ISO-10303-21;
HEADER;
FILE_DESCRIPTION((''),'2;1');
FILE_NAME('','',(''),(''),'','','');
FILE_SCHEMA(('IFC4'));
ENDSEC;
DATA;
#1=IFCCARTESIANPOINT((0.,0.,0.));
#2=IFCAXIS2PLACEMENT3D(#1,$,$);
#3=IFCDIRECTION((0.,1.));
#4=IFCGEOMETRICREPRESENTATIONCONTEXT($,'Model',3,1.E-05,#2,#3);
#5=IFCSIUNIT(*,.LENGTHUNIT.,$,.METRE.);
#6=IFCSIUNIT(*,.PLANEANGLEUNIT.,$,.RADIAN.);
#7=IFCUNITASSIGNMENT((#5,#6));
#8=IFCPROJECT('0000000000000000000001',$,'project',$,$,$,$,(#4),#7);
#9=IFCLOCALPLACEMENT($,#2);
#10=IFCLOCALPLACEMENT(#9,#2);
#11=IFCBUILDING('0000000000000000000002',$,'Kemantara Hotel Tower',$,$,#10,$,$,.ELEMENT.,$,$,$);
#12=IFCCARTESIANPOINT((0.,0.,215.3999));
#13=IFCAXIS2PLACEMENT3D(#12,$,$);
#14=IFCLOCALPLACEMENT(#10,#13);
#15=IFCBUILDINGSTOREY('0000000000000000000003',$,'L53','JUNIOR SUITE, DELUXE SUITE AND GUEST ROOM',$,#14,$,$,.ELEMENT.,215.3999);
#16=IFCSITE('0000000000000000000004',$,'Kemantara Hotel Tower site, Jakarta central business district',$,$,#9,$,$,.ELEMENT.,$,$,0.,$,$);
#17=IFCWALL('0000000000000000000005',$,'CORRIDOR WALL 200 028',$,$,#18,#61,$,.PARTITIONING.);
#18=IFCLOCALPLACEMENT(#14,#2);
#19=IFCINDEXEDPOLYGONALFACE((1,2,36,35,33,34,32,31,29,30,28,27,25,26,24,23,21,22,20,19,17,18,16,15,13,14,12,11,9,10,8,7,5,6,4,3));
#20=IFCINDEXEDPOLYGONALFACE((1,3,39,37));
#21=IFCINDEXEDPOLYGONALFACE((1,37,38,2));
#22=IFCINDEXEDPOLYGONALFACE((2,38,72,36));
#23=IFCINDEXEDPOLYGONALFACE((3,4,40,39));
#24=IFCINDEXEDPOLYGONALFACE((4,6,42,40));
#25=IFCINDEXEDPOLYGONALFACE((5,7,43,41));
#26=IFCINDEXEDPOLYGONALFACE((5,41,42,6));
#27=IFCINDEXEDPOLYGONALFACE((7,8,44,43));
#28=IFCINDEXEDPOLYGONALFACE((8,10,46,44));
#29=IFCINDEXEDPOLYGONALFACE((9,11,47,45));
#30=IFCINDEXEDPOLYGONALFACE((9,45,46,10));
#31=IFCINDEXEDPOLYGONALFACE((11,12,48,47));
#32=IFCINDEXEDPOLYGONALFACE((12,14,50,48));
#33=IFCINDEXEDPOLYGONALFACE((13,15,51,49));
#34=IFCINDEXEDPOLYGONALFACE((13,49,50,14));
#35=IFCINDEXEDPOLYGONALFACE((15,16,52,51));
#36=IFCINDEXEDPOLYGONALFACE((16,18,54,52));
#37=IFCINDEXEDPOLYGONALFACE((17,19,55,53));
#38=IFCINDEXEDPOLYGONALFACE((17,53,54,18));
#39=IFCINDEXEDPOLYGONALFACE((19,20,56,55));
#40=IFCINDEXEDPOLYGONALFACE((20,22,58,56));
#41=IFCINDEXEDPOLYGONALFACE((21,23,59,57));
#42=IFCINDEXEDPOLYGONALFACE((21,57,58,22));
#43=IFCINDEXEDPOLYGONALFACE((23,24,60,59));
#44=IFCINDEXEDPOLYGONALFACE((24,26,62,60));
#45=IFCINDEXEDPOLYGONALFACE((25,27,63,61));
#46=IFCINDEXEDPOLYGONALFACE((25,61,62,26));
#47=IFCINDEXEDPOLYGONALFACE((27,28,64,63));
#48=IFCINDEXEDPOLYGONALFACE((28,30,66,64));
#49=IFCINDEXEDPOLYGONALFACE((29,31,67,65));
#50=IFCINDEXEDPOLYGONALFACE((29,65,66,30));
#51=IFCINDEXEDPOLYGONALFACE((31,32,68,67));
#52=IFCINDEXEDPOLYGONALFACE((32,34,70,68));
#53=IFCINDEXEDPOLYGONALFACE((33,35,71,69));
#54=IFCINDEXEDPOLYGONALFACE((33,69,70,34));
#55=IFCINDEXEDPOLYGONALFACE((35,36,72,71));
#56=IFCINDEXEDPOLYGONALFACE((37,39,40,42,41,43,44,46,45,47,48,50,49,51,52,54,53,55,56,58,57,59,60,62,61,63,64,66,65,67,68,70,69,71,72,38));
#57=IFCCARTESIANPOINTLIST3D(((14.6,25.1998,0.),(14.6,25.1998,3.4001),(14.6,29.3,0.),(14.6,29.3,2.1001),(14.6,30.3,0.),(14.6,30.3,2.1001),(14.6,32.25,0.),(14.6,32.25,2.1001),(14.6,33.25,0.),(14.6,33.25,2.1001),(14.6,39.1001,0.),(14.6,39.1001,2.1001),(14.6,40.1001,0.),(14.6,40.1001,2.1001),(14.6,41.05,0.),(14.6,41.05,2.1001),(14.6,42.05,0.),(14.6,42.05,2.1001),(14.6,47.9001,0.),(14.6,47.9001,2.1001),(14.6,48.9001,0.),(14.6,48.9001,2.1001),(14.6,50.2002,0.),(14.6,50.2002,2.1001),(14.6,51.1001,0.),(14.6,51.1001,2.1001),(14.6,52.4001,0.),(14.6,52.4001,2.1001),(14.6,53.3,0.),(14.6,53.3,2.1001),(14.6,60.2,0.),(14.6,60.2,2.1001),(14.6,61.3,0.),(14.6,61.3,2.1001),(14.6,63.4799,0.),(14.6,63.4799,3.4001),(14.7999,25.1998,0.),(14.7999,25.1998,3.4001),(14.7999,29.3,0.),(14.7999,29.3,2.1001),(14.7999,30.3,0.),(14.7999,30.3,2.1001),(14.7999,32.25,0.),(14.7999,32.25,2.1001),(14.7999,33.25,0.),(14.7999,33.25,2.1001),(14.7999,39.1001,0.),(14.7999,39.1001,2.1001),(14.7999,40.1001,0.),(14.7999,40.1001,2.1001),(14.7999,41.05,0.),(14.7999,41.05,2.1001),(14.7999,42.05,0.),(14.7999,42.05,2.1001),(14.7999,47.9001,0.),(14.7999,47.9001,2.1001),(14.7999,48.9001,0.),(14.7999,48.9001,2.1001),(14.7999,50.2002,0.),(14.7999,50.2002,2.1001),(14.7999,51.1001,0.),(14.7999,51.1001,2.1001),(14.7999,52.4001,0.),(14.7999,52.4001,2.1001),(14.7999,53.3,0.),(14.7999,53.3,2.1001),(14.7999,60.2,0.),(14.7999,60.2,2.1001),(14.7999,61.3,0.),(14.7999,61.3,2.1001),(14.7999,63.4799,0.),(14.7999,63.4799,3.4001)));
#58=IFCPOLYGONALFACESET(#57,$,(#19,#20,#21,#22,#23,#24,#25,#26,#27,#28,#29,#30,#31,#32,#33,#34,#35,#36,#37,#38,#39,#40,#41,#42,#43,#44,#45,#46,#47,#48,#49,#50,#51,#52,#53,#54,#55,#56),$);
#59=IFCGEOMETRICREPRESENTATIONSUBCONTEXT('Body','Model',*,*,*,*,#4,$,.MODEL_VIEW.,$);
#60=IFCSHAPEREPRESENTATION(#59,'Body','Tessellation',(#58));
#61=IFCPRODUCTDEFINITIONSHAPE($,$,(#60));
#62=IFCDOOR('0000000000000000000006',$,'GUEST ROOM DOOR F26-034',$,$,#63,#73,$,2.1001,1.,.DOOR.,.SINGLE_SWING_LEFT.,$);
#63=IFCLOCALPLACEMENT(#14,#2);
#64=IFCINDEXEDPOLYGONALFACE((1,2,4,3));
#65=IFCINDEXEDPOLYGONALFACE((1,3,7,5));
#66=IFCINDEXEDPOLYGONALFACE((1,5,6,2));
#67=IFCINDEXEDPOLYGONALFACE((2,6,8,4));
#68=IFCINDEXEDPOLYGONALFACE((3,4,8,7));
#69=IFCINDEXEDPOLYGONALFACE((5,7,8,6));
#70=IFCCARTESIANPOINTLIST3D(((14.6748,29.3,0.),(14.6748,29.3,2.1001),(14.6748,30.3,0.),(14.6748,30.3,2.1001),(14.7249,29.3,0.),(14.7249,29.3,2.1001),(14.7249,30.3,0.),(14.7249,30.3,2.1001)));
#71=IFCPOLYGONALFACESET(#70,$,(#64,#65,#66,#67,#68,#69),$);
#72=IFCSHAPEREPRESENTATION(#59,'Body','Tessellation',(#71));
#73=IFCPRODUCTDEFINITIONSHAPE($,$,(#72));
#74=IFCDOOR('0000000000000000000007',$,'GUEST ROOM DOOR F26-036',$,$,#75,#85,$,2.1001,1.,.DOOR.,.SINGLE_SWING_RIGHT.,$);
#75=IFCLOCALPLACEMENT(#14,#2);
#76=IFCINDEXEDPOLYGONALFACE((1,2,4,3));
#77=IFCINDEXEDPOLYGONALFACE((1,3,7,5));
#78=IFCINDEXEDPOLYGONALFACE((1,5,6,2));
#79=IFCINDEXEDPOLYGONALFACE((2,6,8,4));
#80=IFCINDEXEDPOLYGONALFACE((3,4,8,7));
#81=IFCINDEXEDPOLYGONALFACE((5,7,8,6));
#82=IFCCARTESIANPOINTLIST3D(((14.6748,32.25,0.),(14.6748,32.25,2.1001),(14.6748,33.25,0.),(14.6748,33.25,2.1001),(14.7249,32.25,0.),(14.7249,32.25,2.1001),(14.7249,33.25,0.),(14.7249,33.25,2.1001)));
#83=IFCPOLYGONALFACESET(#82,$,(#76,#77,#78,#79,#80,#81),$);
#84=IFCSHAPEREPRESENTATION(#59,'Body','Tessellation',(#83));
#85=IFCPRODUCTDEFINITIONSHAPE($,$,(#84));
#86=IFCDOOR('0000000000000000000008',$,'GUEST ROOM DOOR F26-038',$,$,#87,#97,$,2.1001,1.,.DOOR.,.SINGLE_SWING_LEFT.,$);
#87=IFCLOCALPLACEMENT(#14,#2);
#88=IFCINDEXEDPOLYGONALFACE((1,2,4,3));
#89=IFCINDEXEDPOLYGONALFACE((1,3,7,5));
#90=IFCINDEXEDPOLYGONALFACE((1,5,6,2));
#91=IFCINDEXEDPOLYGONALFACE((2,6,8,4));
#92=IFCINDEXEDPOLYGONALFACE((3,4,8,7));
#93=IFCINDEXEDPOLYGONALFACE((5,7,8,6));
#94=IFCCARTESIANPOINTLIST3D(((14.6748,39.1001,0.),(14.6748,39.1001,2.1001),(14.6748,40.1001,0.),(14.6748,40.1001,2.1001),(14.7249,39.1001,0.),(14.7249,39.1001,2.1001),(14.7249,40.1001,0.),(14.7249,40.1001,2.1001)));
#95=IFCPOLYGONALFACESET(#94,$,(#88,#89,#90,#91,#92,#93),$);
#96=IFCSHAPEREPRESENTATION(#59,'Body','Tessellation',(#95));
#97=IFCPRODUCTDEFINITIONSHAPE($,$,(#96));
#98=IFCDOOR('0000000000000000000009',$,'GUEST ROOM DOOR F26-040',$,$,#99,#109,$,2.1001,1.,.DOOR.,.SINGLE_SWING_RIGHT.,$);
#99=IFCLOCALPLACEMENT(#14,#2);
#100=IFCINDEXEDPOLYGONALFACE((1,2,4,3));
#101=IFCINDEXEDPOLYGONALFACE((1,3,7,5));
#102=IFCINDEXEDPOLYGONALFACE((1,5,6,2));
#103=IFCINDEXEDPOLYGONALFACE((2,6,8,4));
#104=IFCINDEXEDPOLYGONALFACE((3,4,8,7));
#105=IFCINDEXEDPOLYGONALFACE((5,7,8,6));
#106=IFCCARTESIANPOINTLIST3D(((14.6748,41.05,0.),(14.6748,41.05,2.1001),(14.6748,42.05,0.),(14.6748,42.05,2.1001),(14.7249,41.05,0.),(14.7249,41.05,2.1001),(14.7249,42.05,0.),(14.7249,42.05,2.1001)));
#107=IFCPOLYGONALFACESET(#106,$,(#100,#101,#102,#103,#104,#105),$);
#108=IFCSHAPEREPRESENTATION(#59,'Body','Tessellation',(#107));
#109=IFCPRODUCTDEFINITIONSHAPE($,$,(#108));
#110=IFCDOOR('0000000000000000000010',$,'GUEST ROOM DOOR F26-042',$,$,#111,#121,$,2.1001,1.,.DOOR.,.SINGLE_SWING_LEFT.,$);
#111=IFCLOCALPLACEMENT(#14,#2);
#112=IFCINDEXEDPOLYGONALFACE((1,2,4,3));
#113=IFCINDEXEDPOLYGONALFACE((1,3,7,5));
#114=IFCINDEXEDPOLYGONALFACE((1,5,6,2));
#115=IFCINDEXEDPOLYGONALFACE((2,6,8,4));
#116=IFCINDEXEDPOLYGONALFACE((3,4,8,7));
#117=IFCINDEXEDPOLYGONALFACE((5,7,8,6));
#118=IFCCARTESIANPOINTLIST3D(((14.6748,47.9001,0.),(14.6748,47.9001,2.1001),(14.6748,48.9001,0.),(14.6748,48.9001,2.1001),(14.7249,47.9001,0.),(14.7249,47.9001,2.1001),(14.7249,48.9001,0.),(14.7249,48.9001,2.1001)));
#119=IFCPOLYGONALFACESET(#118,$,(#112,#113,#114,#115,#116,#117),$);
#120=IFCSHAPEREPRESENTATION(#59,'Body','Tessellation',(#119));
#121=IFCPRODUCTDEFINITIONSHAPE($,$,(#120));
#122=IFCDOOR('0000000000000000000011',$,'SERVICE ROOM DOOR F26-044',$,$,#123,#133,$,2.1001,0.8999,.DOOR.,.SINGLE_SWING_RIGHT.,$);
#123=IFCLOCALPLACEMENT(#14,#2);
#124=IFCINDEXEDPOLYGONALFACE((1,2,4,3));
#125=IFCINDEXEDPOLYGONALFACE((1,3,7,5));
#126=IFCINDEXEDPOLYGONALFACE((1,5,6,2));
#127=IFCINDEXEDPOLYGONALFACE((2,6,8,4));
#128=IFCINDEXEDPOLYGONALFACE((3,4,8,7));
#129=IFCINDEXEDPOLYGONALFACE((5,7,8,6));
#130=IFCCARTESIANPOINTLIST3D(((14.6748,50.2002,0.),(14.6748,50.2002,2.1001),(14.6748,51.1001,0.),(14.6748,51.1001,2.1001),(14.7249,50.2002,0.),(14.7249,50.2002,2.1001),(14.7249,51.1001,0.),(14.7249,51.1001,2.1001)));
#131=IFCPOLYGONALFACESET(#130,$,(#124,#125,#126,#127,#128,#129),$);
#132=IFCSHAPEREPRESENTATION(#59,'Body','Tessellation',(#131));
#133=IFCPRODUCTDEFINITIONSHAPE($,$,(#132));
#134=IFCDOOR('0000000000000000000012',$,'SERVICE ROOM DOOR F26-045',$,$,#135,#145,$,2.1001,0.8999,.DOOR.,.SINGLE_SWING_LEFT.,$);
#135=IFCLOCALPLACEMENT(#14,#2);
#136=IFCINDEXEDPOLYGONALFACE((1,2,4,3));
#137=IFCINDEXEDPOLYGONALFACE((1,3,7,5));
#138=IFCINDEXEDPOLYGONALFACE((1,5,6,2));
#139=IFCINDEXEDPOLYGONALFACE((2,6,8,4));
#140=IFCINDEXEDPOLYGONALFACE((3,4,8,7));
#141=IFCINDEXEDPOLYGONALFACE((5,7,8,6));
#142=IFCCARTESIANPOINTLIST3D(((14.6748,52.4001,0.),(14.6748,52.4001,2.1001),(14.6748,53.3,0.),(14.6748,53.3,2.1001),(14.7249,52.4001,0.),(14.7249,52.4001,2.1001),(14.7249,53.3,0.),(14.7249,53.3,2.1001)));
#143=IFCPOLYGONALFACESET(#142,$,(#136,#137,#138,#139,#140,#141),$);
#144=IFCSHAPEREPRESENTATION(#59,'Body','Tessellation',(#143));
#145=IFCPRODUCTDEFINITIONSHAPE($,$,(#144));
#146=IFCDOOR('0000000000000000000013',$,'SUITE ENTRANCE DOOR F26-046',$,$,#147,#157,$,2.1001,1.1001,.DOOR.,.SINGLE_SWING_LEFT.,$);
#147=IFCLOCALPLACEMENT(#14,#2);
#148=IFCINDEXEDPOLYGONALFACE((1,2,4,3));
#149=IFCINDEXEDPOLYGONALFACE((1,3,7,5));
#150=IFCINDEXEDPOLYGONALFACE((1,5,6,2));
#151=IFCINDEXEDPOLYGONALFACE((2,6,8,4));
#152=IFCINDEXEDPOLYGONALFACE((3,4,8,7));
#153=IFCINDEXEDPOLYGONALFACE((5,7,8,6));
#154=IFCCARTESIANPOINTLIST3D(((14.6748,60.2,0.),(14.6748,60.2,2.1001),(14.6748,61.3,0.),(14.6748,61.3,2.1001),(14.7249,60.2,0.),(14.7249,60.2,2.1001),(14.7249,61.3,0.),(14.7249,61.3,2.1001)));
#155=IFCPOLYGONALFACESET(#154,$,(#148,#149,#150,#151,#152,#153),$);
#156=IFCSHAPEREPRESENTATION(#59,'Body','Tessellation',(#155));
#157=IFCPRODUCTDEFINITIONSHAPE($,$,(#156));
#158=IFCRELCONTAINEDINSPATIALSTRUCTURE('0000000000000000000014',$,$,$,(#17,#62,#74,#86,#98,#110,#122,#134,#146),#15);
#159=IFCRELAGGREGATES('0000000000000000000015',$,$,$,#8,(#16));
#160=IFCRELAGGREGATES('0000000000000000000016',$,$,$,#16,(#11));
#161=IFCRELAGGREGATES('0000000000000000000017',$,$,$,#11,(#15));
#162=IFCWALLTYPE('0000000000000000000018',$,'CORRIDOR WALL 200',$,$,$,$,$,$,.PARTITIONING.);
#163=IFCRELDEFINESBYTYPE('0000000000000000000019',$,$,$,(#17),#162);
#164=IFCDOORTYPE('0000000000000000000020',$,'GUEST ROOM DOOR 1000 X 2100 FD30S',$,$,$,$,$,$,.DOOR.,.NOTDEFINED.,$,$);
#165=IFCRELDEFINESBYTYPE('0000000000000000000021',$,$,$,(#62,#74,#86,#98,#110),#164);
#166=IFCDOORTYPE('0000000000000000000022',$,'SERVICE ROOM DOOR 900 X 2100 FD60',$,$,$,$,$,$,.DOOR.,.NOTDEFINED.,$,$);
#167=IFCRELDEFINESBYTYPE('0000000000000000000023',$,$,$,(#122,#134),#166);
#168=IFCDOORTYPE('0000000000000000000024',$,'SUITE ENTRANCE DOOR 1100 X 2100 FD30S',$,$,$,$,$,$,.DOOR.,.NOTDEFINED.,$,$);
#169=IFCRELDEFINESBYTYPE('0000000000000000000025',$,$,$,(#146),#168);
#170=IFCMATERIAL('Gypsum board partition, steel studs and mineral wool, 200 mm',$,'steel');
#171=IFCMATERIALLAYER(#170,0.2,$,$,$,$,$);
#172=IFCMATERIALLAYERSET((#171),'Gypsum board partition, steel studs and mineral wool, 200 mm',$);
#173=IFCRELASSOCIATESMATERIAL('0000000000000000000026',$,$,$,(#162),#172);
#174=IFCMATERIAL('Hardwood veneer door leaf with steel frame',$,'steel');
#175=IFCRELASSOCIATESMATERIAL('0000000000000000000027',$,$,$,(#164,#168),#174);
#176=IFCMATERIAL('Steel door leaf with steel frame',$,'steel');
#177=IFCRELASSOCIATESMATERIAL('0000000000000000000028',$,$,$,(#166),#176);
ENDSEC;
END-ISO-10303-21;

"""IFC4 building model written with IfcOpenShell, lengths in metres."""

from ifc_helpers import new_model, si_unit, direction, frame, frame_2d, origin, place, context, subcontext, project, spatial, rectangle, extrude, material, layer, layer_set, type_object, element, fill, save


model = new_model("IFC4")

# Units and contexts
model_context = context("Model", 3, precision=1e-05, world=origin(), true_north=direction((0.0, 1.0)))
body_context = subcontext(model_context, "Body", "Model", "MODEL_VIEW")
ifc_project = project(units=[si_unit("LENGTHUNIT", "METRE"), si_unit("PLANEANGLEUNIT", "RADIAN")], contexts=[model_context])

# Site, building, storey
site_placement = place(None, origin())
site = spatial("IfcSite", under=ifc_project, at=site_placement, Name="Kemantara Hotel Tower site, Jakarta central business district", CompositionType="ELEMENT", RefElevation=0.0)
building_placement = place(site_placement, origin())
building = spatial("IfcBuilding", under=site, at=building_placement, Name="Kemantara Hotel Tower", CompositionType="ELEMENT")
storey_placement = place(building_placement, frame((0.0, 0.0, 215.3999)))
storey = spatial("IfcBuildingStorey", under=building, at=storey_placement, Name="L53", Description="JUNIOR SUITE, DELUXE SUITE AND GUEST ROOM", CompositionType="ELEMENT", Elevation=215.3999)

# Wall, openings, doors
ifc_material_1 = material(Name="Gypsum board partition, steel studs and mineral wool, 200 mm", Category="steel")
ifc_layer_1 = layer(ifc_material_1, 0.2)
ifc_layer_set_1 = layer_set([ifc_layer_1], Name="Gypsum board partition, steel studs and mineral wool, 200 mm")
wall_type = type_object("IfcWallType", Name="CORRIDOR WALL 200", PredefinedType="PARTITIONING", material=ifc_layer_set_1)
wall_placement = place(storey_placement, frame((14.7, 63.48, 0.0), z_axis=(0.0, 0.0, 1.0), x_axis=(0.0, -1.0, 0.0)))
wall = element("IfcWall", 1, at=wall_placement, inside=storey, type_object=wall_type, Name="CORRIDOR WALL 200 028", PredefinedType="PARTITIONING", context=body_context, shape_type="SweptSolid", body=[
    extrude(rectangle(XDim=38.28, YDim=0.2, at=frame_2d((19.1401, 0.0))), origin(), (0.0, 0.0, 1.0), 3.4001),
])
opening_1_placement = place(wall_placement, frame((33.1799, 0.0, 0.0)))
opening_1 = element("IfcOpeningElement", 2, at=opening_1_placement, cuts=wall, PredefinedType="OPENING", context=body_context, shape_type="SweptSolid", body=[
    extrude(rectangle(XDim=1.0, YDim=2.1001, at=frame_2d((0.5, 1.05))), frame((0.0, 0.1099, 0.0), z_axis=(0.0, -1.0, 0.0), x_axis=(1.0, 0.0, 0.0)), (0.0, 0.0, 1.0), 0.22),
])
opening_2_placement = place(wall_placement, frame((30.23, 0.0, 0.0)))
opening_2 = element("IfcOpeningElement", 3, at=opening_2_placement, cuts=wall, PredefinedType="OPENING", context=body_context, shape_type="SweptSolid", body=[
    extrude(rectangle(XDim=1.0, YDim=2.1001, at=frame_2d((0.5, 1.05))), frame((0.0, 0.1099, 0.0), z_axis=(0.0, -1.0, 0.0), x_axis=(1.0, 0.0, 0.0)), (0.0, 0.0, 1.0), 0.22),
])
opening_3_placement = place(wall_placement, frame((23.3799, 0.0, 0.0)))
opening_3 = element("IfcOpeningElement", 4, at=opening_3_placement, cuts=wall, PredefinedType="OPENING", context=body_context, shape_type="SweptSolid", body=[
    extrude(rectangle(XDim=1.0, YDim=2.1001, at=frame_2d((0.5, 1.05))), frame((0.0, 0.1099, 0.0), z_axis=(0.0, -1.0, 0.0), x_axis=(1.0, 0.0, 0.0)), (0.0, 0.0, 1.0), 0.22),
])
opening_4_placement = place(wall_placement, frame((21.4299, 0.0, 0.0)))
opening_4 = element("IfcOpeningElement", 5, at=opening_4_placement, cuts=wall, PredefinedType="OPENING", context=body_context, shape_type="SweptSolid", body=[
    extrude(rectangle(XDim=1.0, YDim=2.1001, at=frame_2d((0.5, 1.05))), frame((0.0, 0.1099, 0.0), z_axis=(0.0, -1.0, 0.0), x_axis=(1.0, 0.0, 0.0)), (0.0, 0.0, 1.0), 0.22),
])
opening_5_placement = place(wall_placement, frame((14.5798, 0.0, 0.0)))
opening_5 = element("IfcOpeningElement", 6, at=opening_5_placement, cuts=wall, PredefinedType="OPENING", context=body_context, shape_type="SweptSolid", body=[
    extrude(rectangle(XDim=1.0, YDim=2.1001, at=frame_2d((0.5, 1.05))), frame((0.0, 0.1099, 0.0), z_axis=(0.0, -1.0, 0.0), x_axis=(1.0, 0.0, 0.0)), (0.0, 0.0, 1.0), 0.22),
])
opening_6_placement = place(wall_placement, frame((12.3799, 0.0, 0.0)))
opening_6 = element("IfcOpeningElement", 7, at=opening_6_placement, cuts=wall, PredefinedType="OPENING", context=body_context, shape_type="SweptSolid", body=[
    extrude(rectangle(XDim=0.8999, YDim=2.1001, at=frame_2d((0.45, 1.05))), frame((0.0, 0.1099, 0.0), z_axis=(0.0, -1.0, 0.0), x_axis=(1.0, 0.0, 0.0)), (0.0, 0.0, 1.0), 0.22),
])
opening_7_placement = place(wall_placement, frame((10.1799, 0.0, 0.0)))
opening_7 = element("IfcOpeningElement", 8, at=opening_7_placement, cuts=wall, PredefinedType="OPENING", context=body_context, shape_type="SweptSolid", body=[
    extrude(rectangle(XDim=0.8999, YDim=2.1001, at=frame_2d((0.45, 1.05))), frame((0.0, 0.1099, 0.0), z_axis=(0.0, -1.0, 0.0), x_axis=(1.0, 0.0, 0.0)), (0.0, 0.0, 1.0), 0.22),
])
opening_8_placement = place(wall_placement, frame((2.1799, 0.0, 0.0)))
opening_8 = element("IfcOpeningElement", 9, at=opening_8_placement, cuts=wall, PredefinedType="OPENING", context=body_context, shape_type="SweptSolid", body=[
    extrude(rectangle(XDim=1.1001, YDim=2.1001, at=frame_2d((0.55, 1.05))), frame((0.0, 0.1099, 0.0), z_axis=(0.0, -1.0, 0.0), x_axis=(1.0, 0.0, 0.0)), (0.0, 0.0, 1.0), 0.22),
])
ifc_material_2 = material(Name="Hardwood veneer door leaf with steel frame", Category="steel")
door_type_1 = type_object("IfcDoorType", Name="GUEST ROOM DOOR 1000 X 2100 FD30S", OperationType="NOTDEFINED", PredefinedType="DOOR", material=ifc_material_2)
door_1_placement = place(opening_1_placement, origin())
door_1 = element("IfcDoor", 10, at=door_1_placement, inside=storey, type_object=door_type_1, Name="GUEST ROOM DOOR F26-034", OperationType="SINGLE_SWING_LEFT", OverallHeight=2.1001, OverallWidth=1.0, PredefinedType="DOOR", context=body_context, shape_type="SweptSolid", body=[
    extrude(rectangle(XDim=1.0, YDim=2.1001, at=frame_2d((0.5, 1.05))), frame((0.0, 0.0249, 0.0), z_axis=(0.0, -1.0, 0.0), x_axis=(1.0, 0.0, 0.0)), (0.0, 0.0, 1.0), 0.05),
])
fill(opening_1, door_1)
door_2_placement = place(opening_2_placement, origin())
door_2 = element("IfcDoor", 11, at=door_2_placement, inside=storey, type_object=door_type_1, Name="GUEST ROOM DOOR F26-036", OperationType="SINGLE_SWING_RIGHT", OverallHeight=2.1001, OverallWidth=1.0, PredefinedType="DOOR", context=body_context, shape_type="SweptSolid", body=[
    extrude(rectangle(XDim=1.0, YDim=2.1001, at=frame_2d((0.5, 1.05))), frame((0.0, 0.0249, 0.0), z_axis=(0.0, -1.0, 0.0), x_axis=(1.0, 0.0, 0.0)), (0.0, 0.0, 1.0), 0.05),
])
fill(opening_2, door_2)
door_3_placement = place(opening_3_placement, origin())
door_3 = element("IfcDoor", 12, at=door_3_placement, inside=storey, type_object=door_type_1, Name="GUEST ROOM DOOR F26-038", OperationType="SINGLE_SWING_LEFT", OverallHeight=2.1001, OverallWidth=1.0, PredefinedType="DOOR", context=body_context, shape_type="SweptSolid", body=[
    extrude(rectangle(XDim=1.0, YDim=2.1001, at=frame_2d((0.5, 1.05))), frame((0.0, 0.0249, 0.0), z_axis=(0.0, -1.0, 0.0), x_axis=(1.0, 0.0, 0.0)), (0.0, 0.0, 1.0), 0.05),
])
fill(opening_3, door_3)
door_4_placement = place(opening_4_placement, origin())
door_4 = element("IfcDoor", 13, at=door_4_placement, inside=storey, type_object=door_type_1, Name="GUEST ROOM DOOR F26-040", OperationType="SINGLE_SWING_RIGHT", OverallHeight=2.1001, OverallWidth=1.0, PredefinedType="DOOR", context=body_context, shape_type="SweptSolid", body=[
    extrude(rectangle(XDim=1.0, YDim=2.1001, at=frame_2d((0.5, 1.05))), frame((0.0, 0.0249, 0.0), z_axis=(0.0, -1.0, 0.0), x_axis=(1.0, 0.0, 0.0)), (0.0, 0.0, 1.0), 0.05),
])
fill(opening_4, door_4)
door_5_placement = place(opening_5_placement, origin())
door_5 = element("IfcDoor", 14, at=door_5_placement, inside=storey, type_object=door_type_1, Name="GUEST ROOM DOOR F26-042", OperationType="SINGLE_SWING_LEFT", OverallHeight=2.1001, OverallWidth=1.0, PredefinedType="DOOR", context=body_context, shape_type="SweptSolid", body=[
    extrude(rectangle(XDim=1.0, YDim=2.1001, at=frame_2d((0.5, 1.05))), frame((0.0, 0.0249, 0.0), z_axis=(0.0, -1.0, 0.0), x_axis=(1.0, 0.0, 0.0)), (0.0, 0.0, 1.0), 0.05),
])
fill(opening_5, door_5)
ifc_material_3 = material(Name="Steel door leaf with steel frame", Category="steel")
door_type_2 = type_object("IfcDoorType", Name="SERVICE ROOM DOOR 900 X 2100 FD60", OperationType="NOTDEFINED", PredefinedType="DOOR", material=ifc_material_3)
door_6_placement = place(opening_6_placement, origin())
door_6 = element("IfcDoor", 15, at=door_6_placement, inside=storey, type_object=door_type_2, Name="SERVICE ROOM DOOR F26-044", OperationType="SINGLE_SWING_RIGHT", OverallHeight=2.1001, OverallWidth=0.8999, PredefinedType="DOOR", context=body_context, shape_type="SweptSolid", body=[
    extrude(rectangle(XDim=0.8999, YDim=2.1001, at=frame_2d((0.45, 1.05))), frame((0.0, 0.0249, 0.0), z_axis=(0.0, -1.0, 0.0), x_axis=(1.0, 0.0, 0.0)), (0.0, 0.0, 1.0), 0.05),
])
fill(opening_6, door_6)
door_7_placement = place(opening_7_placement, origin())
door_7 = element("IfcDoor", 16, at=door_7_placement, inside=storey, type_object=door_type_2, Name="SERVICE ROOM DOOR F26-045", OperationType="SINGLE_SWING_LEFT", OverallHeight=2.1001, OverallWidth=0.8999, PredefinedType="DOOR", context=body_context, shape_type="SweptSolid", body=[
    extrude(rectangle(XDim=0.8999, YDim=2.1001, at=frame_2d((0.45, 1.05))), frame((0.0, 0.0249, 0.0), z_axis=(0.0, -1.0, 0.0), x_axis=(1.0, 0.0, 0.0)), (0.0, 0.0, 1.0), 0.05),
])
fill(opening_7, door_7)
door_type_3 = type_object("IfcDoorType", Name="SUITE ENTRANCE DOOR 1100 X 2100 FD30S", OperationType="NOTDEFINED", PredefinedType="DOOR", material=ifc_material_2)
door_8_placement = place(opening_8_placement, origin())
door_8 = element("IfcDoor", 17, at=door_8_placement, inside=storey, type_object=door_type_3, Name="SUITE ENTRANCE DOOR F26-046", OperationType="SINGLE_SWING_LEFT", OverallHeight=2.1001, OverallWidth=1.1001, PredefinedType="DOOR", context=body_context, shape_type="SweptSolid", body=[
    extrude(rectangle(XDim=1.1001, YDim=2.1001, at=frame_2d((0.55, 1.05))), frame((0.0, 0.0249, 0.0), z_axis=(0.0, -1.0, 0.0), x_axis=(1.0, 0.0, 0.0)), (0.0, 0.0, 1.0), 0.05),
])
fill(opening_8, door_8)

save(model, "model.ifc")
